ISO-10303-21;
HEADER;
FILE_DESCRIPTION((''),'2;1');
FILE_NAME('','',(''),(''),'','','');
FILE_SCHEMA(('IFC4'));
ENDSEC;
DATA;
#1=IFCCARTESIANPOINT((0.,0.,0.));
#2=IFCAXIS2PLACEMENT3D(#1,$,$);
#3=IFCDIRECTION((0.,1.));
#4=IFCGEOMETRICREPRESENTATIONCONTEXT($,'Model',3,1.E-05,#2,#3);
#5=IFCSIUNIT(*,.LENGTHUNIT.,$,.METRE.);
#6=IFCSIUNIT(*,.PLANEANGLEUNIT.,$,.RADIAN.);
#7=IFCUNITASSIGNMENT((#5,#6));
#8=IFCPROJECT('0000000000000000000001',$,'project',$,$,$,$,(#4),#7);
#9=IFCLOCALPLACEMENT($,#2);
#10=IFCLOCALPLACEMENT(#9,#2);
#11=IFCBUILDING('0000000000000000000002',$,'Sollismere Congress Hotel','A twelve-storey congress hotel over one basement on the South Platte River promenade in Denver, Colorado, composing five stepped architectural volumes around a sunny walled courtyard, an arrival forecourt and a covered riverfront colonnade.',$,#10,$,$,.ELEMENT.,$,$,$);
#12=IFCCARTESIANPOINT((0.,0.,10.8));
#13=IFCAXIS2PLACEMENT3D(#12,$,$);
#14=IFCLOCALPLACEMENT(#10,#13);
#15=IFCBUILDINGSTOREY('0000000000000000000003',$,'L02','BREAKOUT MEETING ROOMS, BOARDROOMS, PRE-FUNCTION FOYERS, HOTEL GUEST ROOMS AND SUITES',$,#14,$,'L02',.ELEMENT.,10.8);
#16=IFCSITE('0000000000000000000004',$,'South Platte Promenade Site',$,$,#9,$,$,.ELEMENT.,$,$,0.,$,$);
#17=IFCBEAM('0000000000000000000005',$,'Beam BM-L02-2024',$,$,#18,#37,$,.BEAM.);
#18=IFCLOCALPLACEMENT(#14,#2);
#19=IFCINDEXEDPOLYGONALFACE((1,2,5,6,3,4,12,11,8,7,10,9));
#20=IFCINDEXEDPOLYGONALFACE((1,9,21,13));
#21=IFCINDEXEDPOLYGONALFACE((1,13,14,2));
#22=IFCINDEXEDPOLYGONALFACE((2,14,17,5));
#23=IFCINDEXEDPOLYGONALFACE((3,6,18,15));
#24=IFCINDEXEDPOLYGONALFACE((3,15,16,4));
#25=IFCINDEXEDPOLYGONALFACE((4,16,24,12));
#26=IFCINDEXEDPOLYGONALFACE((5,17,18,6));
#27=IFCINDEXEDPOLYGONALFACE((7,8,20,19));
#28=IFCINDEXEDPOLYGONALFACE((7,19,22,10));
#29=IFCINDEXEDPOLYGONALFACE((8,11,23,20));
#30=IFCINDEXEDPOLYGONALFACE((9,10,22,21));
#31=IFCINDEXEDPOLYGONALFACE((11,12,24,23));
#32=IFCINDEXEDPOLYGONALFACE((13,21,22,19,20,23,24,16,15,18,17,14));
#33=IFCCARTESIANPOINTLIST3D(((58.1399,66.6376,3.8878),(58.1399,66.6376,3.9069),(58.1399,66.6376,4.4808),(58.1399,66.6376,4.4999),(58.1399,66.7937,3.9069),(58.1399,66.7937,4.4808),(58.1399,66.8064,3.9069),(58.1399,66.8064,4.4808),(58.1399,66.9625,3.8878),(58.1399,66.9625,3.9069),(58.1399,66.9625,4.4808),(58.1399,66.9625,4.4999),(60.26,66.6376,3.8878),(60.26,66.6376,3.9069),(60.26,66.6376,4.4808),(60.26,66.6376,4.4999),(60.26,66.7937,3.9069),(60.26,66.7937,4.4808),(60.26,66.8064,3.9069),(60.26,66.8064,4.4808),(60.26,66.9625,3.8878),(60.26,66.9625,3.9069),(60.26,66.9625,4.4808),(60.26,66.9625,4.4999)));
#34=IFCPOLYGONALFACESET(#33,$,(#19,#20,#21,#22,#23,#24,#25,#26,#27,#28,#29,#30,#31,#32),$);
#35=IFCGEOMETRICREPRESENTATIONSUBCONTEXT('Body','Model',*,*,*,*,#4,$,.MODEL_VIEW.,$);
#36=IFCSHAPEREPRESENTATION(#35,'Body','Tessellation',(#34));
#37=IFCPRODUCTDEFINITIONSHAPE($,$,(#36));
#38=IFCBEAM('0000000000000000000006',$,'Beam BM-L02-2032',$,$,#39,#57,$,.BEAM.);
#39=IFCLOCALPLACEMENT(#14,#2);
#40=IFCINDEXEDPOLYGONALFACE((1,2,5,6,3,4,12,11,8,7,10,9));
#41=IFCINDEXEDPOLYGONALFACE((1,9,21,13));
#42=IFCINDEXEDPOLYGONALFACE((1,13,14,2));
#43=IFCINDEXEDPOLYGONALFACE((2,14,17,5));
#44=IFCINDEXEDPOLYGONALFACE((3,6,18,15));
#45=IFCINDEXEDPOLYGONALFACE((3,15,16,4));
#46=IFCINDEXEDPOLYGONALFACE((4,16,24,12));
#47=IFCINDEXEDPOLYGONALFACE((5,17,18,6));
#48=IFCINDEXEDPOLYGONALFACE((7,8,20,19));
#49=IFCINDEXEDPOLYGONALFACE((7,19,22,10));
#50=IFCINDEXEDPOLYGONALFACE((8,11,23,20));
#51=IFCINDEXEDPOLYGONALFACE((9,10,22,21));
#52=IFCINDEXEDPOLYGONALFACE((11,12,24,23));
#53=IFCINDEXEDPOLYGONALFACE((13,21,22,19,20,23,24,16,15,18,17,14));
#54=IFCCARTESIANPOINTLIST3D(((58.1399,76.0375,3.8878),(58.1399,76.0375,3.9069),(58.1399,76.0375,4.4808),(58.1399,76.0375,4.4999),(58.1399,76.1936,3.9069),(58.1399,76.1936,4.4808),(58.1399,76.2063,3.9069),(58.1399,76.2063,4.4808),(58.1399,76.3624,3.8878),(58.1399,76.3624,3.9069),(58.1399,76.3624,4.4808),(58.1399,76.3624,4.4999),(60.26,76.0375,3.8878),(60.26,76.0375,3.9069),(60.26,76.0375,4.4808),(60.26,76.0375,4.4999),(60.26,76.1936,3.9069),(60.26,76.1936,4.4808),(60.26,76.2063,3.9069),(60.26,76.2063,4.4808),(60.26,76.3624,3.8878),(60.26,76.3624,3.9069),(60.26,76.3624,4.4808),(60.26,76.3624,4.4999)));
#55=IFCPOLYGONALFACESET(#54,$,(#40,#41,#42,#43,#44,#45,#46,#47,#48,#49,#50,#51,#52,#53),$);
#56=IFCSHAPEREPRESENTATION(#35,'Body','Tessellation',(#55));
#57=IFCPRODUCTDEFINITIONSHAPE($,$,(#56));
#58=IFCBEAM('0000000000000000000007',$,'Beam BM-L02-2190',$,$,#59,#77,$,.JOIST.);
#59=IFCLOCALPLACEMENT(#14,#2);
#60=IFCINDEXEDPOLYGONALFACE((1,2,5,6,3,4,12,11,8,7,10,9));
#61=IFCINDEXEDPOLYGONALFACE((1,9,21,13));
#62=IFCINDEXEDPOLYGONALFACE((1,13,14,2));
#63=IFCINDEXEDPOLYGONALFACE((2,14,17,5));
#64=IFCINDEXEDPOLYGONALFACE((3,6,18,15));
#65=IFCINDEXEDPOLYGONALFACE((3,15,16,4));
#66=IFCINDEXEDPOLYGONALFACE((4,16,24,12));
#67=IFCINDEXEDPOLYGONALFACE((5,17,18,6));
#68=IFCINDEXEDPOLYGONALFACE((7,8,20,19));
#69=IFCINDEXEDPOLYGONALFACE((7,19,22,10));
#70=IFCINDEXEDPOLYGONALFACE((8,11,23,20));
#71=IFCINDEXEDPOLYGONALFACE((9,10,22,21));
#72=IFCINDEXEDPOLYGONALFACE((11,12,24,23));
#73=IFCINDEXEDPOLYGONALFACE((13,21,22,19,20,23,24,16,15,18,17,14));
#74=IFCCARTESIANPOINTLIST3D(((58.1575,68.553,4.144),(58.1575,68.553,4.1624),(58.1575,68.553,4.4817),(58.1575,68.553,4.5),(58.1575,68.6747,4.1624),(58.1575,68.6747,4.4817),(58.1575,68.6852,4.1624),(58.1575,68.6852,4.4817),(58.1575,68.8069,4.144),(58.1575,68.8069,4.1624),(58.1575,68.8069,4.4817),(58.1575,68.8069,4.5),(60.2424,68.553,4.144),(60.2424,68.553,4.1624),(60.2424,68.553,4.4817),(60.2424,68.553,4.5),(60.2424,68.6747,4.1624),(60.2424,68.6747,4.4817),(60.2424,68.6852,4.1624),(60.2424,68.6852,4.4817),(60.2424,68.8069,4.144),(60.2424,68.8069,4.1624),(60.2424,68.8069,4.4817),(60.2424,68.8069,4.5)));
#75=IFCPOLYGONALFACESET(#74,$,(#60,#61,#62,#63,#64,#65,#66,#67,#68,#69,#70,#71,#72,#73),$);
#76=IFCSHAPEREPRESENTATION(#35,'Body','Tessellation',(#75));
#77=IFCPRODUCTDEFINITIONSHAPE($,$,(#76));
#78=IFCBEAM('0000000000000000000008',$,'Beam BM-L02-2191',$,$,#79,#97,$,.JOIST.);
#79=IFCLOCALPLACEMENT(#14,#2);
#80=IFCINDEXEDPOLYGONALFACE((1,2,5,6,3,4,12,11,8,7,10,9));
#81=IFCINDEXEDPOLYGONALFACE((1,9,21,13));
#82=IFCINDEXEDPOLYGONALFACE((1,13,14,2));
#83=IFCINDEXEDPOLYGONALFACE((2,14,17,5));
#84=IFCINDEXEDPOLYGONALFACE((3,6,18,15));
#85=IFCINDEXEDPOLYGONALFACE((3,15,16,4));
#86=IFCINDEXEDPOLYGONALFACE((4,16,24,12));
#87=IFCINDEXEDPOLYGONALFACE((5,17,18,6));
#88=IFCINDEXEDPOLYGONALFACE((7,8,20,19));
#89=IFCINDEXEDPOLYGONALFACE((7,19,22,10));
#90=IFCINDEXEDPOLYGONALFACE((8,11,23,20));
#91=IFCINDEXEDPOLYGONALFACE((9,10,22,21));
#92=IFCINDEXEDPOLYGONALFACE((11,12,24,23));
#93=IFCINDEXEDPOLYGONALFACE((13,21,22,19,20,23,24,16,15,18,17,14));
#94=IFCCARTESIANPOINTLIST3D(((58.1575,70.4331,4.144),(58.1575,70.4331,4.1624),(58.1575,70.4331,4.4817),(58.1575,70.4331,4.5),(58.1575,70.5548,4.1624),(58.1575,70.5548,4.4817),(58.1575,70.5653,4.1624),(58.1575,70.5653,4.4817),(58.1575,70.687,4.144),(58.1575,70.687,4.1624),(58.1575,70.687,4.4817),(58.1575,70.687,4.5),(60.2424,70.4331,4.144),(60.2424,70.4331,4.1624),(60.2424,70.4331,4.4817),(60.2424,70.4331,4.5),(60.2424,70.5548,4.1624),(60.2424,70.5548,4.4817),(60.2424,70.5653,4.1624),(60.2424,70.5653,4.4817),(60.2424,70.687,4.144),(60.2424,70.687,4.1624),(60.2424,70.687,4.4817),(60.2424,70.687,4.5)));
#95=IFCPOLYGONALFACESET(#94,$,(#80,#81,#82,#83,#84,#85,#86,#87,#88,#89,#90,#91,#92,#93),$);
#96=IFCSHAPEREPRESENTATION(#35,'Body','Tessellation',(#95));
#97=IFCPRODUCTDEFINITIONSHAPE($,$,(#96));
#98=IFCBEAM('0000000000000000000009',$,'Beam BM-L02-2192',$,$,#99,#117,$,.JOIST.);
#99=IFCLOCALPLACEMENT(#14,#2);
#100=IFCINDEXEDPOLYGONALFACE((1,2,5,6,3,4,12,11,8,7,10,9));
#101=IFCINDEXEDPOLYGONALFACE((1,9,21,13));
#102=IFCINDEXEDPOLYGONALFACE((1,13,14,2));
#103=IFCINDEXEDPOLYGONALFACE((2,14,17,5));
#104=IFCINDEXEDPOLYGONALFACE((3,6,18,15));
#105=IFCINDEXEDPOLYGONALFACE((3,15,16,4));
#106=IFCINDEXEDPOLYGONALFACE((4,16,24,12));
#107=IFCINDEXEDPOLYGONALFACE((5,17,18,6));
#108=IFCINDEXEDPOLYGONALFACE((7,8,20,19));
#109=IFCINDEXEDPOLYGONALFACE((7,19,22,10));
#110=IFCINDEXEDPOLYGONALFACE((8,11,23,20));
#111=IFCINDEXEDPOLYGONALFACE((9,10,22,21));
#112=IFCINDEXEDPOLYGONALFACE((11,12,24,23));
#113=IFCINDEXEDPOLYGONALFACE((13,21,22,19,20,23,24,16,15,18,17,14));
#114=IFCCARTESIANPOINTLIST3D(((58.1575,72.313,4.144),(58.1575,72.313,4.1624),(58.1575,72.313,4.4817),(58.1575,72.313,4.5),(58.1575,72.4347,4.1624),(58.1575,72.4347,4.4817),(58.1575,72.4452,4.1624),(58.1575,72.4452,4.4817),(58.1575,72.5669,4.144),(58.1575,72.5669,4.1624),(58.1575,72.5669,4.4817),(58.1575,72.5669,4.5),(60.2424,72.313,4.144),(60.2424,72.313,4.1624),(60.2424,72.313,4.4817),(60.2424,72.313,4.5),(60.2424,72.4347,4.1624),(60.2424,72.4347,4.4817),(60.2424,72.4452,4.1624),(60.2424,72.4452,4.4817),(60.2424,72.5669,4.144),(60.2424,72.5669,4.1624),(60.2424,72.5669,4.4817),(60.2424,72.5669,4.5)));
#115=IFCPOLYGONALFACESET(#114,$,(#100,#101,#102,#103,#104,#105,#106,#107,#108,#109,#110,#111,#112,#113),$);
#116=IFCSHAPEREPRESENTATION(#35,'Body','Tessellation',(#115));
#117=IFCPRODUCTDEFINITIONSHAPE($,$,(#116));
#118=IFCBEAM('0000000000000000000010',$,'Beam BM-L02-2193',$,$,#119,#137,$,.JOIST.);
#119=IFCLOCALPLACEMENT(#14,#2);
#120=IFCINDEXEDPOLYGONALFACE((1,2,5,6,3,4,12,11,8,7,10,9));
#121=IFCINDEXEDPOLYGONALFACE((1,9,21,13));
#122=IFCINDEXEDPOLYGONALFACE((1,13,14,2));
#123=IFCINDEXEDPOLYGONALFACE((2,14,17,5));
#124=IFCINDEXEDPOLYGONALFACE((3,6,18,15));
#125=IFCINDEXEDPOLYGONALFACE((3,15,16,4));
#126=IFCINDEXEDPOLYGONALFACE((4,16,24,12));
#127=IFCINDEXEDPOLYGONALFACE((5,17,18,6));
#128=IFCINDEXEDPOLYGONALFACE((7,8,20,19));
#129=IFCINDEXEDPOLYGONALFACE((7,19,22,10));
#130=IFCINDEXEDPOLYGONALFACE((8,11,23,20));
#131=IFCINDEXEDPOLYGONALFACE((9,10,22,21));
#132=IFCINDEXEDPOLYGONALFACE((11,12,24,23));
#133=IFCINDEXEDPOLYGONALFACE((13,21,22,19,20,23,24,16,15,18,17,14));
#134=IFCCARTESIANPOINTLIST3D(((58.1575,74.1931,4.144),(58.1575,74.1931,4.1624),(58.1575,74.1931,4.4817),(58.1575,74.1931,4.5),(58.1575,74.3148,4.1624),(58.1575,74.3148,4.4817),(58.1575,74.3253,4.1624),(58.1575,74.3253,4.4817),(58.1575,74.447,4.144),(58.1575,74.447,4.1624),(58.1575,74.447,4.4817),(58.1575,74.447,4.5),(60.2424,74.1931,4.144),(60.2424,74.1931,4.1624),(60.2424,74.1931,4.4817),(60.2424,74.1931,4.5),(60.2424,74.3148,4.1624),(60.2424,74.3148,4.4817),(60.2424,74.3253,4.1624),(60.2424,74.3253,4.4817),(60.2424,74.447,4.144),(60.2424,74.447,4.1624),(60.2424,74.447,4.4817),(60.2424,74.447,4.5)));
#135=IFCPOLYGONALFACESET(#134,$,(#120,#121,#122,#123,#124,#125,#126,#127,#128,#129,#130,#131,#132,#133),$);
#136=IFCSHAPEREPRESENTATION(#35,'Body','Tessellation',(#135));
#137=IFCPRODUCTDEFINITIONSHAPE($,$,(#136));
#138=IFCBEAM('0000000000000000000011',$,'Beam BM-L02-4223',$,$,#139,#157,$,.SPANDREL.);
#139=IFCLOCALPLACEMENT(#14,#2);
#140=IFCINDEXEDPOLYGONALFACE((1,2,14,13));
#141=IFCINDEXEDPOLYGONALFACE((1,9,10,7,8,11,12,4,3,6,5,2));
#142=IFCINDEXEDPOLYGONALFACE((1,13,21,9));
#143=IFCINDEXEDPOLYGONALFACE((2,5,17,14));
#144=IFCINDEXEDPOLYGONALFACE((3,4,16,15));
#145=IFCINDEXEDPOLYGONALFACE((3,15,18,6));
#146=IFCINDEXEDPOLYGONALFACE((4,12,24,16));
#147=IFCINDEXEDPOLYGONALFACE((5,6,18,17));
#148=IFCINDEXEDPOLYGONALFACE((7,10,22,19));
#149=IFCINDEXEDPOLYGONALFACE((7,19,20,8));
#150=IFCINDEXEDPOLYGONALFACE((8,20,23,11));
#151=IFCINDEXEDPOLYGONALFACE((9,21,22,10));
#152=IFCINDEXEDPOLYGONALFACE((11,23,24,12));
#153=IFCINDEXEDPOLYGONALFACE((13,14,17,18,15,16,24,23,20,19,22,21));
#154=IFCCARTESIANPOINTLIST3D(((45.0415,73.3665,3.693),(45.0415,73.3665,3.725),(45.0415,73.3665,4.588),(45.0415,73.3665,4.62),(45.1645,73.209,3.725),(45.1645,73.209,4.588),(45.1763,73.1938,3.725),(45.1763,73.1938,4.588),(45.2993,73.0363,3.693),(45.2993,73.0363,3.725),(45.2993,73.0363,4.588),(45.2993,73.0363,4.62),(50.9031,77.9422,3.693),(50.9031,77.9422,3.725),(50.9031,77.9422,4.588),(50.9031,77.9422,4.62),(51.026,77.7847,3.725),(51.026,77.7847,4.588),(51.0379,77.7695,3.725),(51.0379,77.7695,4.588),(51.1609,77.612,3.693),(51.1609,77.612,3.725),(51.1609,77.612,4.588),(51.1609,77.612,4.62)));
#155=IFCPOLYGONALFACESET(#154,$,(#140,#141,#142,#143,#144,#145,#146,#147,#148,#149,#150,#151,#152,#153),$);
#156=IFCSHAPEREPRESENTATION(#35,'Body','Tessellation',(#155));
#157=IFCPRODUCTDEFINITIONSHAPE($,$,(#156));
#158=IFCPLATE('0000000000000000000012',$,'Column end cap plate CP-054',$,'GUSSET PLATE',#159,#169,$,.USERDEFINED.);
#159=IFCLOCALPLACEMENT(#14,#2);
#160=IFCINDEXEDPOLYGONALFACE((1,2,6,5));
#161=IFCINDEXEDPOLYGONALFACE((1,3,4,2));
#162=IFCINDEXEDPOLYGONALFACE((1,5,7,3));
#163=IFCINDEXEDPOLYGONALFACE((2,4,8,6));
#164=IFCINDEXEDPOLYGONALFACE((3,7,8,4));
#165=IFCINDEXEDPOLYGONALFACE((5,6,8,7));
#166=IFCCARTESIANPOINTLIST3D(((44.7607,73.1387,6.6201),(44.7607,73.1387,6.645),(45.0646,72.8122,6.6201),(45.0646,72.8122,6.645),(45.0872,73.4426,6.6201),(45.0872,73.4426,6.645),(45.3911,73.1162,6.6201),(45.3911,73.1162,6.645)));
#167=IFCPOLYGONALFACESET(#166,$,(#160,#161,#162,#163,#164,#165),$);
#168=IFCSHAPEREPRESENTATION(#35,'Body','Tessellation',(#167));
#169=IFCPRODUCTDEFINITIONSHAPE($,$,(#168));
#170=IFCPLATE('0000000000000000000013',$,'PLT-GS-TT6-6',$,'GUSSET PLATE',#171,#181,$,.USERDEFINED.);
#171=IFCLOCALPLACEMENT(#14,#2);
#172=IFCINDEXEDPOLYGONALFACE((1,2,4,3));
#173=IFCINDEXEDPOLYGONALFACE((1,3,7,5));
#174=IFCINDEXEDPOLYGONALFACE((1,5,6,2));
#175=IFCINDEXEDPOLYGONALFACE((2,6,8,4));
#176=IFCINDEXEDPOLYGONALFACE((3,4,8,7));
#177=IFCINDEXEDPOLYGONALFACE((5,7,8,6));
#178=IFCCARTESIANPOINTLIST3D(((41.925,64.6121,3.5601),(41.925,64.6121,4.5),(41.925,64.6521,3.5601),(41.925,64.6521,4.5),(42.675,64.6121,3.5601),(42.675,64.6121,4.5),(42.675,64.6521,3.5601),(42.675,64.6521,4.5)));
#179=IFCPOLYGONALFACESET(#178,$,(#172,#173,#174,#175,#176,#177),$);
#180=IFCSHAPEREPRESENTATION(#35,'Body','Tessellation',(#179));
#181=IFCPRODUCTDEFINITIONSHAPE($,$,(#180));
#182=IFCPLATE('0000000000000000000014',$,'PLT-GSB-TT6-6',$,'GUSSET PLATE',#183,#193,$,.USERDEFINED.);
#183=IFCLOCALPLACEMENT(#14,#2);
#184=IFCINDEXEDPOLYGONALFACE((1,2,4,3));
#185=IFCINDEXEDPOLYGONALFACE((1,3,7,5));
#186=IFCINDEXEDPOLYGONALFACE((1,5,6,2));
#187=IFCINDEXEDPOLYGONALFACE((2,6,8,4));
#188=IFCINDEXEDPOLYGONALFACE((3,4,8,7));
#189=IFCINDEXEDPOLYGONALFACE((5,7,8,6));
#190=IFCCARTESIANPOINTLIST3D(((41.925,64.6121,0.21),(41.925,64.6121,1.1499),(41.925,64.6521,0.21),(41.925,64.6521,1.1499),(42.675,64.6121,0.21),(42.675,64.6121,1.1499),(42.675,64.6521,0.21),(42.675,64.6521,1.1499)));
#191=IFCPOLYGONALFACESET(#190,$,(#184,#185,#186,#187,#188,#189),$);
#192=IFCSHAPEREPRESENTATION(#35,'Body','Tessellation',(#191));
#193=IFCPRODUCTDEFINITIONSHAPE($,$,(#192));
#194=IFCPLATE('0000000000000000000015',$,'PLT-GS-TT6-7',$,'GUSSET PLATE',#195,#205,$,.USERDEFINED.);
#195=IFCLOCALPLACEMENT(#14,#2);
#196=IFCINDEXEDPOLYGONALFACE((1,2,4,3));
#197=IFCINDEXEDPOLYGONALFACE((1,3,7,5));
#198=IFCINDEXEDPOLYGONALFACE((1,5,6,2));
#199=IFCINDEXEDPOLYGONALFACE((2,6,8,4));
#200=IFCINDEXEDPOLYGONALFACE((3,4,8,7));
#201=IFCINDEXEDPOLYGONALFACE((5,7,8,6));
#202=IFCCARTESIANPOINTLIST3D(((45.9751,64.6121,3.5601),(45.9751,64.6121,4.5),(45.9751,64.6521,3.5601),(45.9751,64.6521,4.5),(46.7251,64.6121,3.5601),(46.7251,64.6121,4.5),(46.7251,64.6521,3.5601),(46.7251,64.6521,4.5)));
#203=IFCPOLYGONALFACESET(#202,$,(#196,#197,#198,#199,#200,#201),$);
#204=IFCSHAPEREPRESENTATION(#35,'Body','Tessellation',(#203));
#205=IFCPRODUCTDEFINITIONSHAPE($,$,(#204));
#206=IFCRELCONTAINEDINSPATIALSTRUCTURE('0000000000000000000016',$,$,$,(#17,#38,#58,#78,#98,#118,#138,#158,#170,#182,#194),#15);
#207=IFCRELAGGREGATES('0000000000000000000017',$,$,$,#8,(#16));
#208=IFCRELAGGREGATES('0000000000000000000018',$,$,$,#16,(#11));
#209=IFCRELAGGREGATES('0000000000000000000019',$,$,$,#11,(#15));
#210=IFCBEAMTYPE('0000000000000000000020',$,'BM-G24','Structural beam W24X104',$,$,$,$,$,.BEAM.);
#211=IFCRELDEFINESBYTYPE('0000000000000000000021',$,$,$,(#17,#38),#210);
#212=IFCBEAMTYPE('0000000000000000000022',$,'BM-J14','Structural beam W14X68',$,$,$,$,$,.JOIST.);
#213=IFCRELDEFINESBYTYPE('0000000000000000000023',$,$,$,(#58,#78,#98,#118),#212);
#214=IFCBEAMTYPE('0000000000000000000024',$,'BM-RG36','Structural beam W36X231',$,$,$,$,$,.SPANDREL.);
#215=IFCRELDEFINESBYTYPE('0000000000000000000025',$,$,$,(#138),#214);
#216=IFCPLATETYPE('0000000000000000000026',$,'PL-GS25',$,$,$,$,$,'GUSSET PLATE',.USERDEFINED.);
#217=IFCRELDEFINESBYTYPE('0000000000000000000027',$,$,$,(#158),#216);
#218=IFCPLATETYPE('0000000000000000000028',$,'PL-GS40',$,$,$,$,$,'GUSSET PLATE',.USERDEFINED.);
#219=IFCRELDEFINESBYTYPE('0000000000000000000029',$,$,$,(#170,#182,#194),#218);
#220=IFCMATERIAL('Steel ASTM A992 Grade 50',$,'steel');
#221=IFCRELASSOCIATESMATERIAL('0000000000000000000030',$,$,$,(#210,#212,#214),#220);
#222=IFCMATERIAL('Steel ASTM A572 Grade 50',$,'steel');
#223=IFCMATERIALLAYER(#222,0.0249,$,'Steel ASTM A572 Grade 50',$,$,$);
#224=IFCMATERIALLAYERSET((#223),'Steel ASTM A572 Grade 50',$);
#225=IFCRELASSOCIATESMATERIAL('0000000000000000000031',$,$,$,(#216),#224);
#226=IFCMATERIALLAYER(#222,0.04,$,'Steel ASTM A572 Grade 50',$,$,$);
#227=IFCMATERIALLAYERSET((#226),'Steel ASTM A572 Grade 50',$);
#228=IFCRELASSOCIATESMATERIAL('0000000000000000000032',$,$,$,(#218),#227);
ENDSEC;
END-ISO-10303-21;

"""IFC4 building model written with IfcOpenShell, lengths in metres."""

from ifc_helpers import new_model, si_unit, direction, frame, origin, origin_2d, place, context, subcontext, project, spatial, rectangle, i_section, extrude, material, layer, layer_set, material_profile, profile_set, type_object, element, save


model = new_model("IFC4")

# Units and contexts
model_context = context("Model", 3, precision=1e-05, world=origin(), true_north=direction((0.0, 1.0)))
body_context = subcontext(model_context, "Body", "Model", "MODEL_VIEW")
ifc_project = project(units=[si_unit("LENGTHUNIT", "METRE"), si_unit("PLANEANGLEUNIT", "RADIAN")], contexts=[model_context])

# Site, building, storey
site_placement = place(None, origin())
site = spatial("IfcSite", under=ifc_project, at=site_placement, Name="South Platte Promenade Site", CompositionType="ELEMENT", RefElevation=0.0)
building_placement = place(site_placement, origin())
building = spatial("IfcBuilding", under=site, at=building_placement, Name="Sollismere Congress Hotel", Description="A twelve-storey congress hotel over one basement on the South Platte River promenade in Denver, Colorado, composing five stepped architectural volumes around a sunny walled courtyard, an arrival forecourt and a covered riverfront colonnade.", CompositionType="ELEMENT")
storey_placement = place(building_placement, frame((0.0, 0.0, 10.8)))
storey = spatial("IfcBuildingStorey", under=building, at=storey_placement, Name="L02", Description="BREAKOUT MEETING ROOMS, BOARDROOMS, PRE-FUNCTION FOYERS, HOTEL GUEST ROOMS AND SUITES", LongName="L02", CompositionType="ELEMENT", Elevation=10.8)

# Shared definitions
ifc_material_1 = material(Name="Steel ASTM A992 Grade 50", Category="steel")

# Beams
ifc_material_profile_1 = material_profile(ifc_material_1, i_section(OverallWidth=0.325, OverallDepth=0.6121, WebThickness=0.0127, FlangeThickness=0.019, at=origin_2d()), Name="W24X104")
ifc_profile_set_1 = profile_set([ifc_material_profile_1], Name="Steel ASTM A992 Grade 50")
beam_type_1 = type_object("IfcBeamType", Name="BM-G24", Description="Structural beam W24X104", PredefinedType="BEAM", material=ifc_profile_set_1)
for number, where, z_axis, x_axis, name in (
    (1, (58.1399, 66.8, 4.1938), (1.0, 0.0, 0.0), (0.0, 1.0, 0.0), "Beam BM-L02-2024"),
    (2, (58.1399, 76.2, 4.1938), (1.0, 0.0, 0.0), (0.0, 1.0, 0.0), "Beam BM-L02-2032"),
):
    element("IfcBeam", number, at=place(storey_placement, frame(where, z_axis=z_axis, x_axis=x_axis)), inside=storey, type_object=beam_type_1, Name=name, PredefinedType="BEAM", context=body_context, shape_type="SweptSolid", body=[
        extrude(i_section(OverallWidth=0.325, OverallDepth=0.6121, WebThickness=0.0127, FlangeThickness=0.019, at=origin_2d()), origin(), (0.0, 0.0, 1.0), 2.1201),
    ])
ifc_material_profile_2 = material_profile(ifc_material_1, i_section(OverallWidth=0.2539, OverallDepth=0.356, WebThickness=0.0105, FlangeThickness=0.0183, at=origin_2d()), Name="W14X68")
ifc_profile_set_2 = profile_set([ifc_material_profile_2], Name="Steel ASTM A992 Grade 50")
beam_type_2 = type_object("IfcBeamType", Name="BM-J14", Description="Structural beam W14X68", PredefinedType="JOIST", material=ifc_profile_set_2)
for number, where, z_axis, x_axis, name in (
    (3, (58.1575, 68.6799, 4.322), (1.0, 0.0, 0.0), (0.0, 1.0, 0.0), "Beam BM-L02-2190"),
    (4, (58.1575, 70.5601, 4.322), (1.0, 0.0, 0.0), (0.0, 1.0, 0.0), "Beam BM-L02-2191"),
    (5, (58.1575, 72.4399, 4.322), (1.0, 0.0, 0.0), (0.0, 1.0, 0.0), "Beam BM-L02-2192"),
    (6, (58.1575, 74.3201, 4.322), (1.0, 0.0, 0.0), (0.0, 1.0, 0.0), "Beam BM-L02-2193"),
):
    element("IfcBeam", number, at=place(storey_placement, frame(where, z_axis=z_axis, x_axis=x_axis)), inside=storey, type_object=beam_type_2, Name=name, PredefinedType="JOIST", context=body_context, shape_type="SweptSolid", body=[
        extrude(i_section(OverallWidth=0.2539, OverallDepth=0.356, WebThickness=0.0105, FlangeThickness=0.0183, at=origin_2d()), origin(), (0.0, 0.0, 1.0), 2.085),
    ])
ifc_material_profile_3 = material_profile(ifc_material_1, i_section(OverallWidth=0.4189, OverallDepth=0.927, WebThickness=0.0193, FlangeThickness=0.032, at=origin_2d()), Name="W36X231")
ifc_profile_set_3 = profile_set([ifc_material_profile_3], Name="Steel ASTM A992 Grade 50")
beam_type_3 = type_object("IfcBeamType", Name="BM-RG36", Description="Structural beam W36X231", PredefinedType="SPANDREL", material=ifc_profile_set_3)
beam_1_placement = place(storey_placement, frame((45.1704, 73.2014, 4.1565), z_axis=(0.788264, 0.615338, 0.0), x_axis=(-0.615338, 0.788264, 0.0)))
element("IfcBeam", 7, at=beam_1_placement, inside=storey, type_object=beam_type_3, Name="Beam BM-L02-4223", PredefinedType="SPANDREL", context=body_context, shape_type="SweptSolid", body=[
    extrude(i_section(OverallWidth=0.4189, OverallDepth=0.927, WebThickness=0.0193, FlangeThickness=0.032, at=origin_2d()), origin(), (0.0, 0.0, 1.0), 7.436),
])

# Plates
ifc_material_2 = material(Name="Steel ASTM A572 Grade 50", Category="steel")
ifc_layer_1 = layer(ifc_material_2, 0.0249, Name="Steel ASTM A572 Grade 50")
ifc_layer_set_1 = layer_set([ifc_layer_1], Name="Steel ASTM A572 Grade 50")
plate_type_1 = type_object("IfcPlateType", Name="PL-GS25", ElementType="GUSSET PLATE", PredefinedType="USERDEFINED", material=ifc_layer_set_1)
plate_1_placement = place(storey_placement, frame((45.0759, 73.1274, 6.6201), z_axis=(0.0, 0.0, 1.0), x_axis=(0.68136, -0.731949, 0.0)))
element("IfcPlate", 8, at=plate_1_placement, inside=storey, type_object=plate_type_1, Name="Column end cap plate CP-054", ObjectType="GUSSET PLATE", PredefinedType="USERDEFINED", context=body_context, shape_type="SweptSolid", body=[
    extrude(rectangle(XDim=0.446, YDim=0.446, at=origin_2d()), origin(), (0.0, 0.0, 1.0), 0.0249),
])
ifc_layer_2 = layer(ifc_material_2, 0.04, Name="Steel ASTM A572 Grade 50")
ifc_layer_set_2 = layer_set([ifc_layer_2], Name="Steel ASTM A572 Grade 50")
plate_type_2 = type_object("IfcPlateType", Name="PL-GS40", ElementType="GUSSET PLATE", PredefinedType="USERDEFINED", material=ifc_layer_set_2)
for number, where, z_axis, x_axis, name in (
    (9, (42.3, 64.6321, 3.5601), (0.0, 0.0, 1.0), (1.0, 0.0, 0.0), "PLT-GS-TT6-6"),
    (10, (42.3, 64.6321, 0.21), (0.0, 0.0, 1.0), (1.0, 0.0, 0.0), "PLT-GSB-TT6-6"),
    (11, (46.3501, 64.6321, 3.5601), (0.0, 0.0, 1.0), (1.0, 0.0, 0.0), "PLT-GS-TT6-7"),
):
    element("IfcPlate", number, at=place(storey_placement, frame(where, z_axis=z_axis, x_axis=x_axis)), inside=storey, type_object=plate_type_2, Name=name, ObjectType="GUSSET PLATE", PredefinedType="USERDEFINED", context=body_context, shape_type="SweptSolid", body=[
        extrude(rectangle(XDim=0.75, YDim=0.04, at=origin_2d()), origin(), (0.0, 0.0, 1.0), 0.9399),
    ])

save(model, "model.ifc")
